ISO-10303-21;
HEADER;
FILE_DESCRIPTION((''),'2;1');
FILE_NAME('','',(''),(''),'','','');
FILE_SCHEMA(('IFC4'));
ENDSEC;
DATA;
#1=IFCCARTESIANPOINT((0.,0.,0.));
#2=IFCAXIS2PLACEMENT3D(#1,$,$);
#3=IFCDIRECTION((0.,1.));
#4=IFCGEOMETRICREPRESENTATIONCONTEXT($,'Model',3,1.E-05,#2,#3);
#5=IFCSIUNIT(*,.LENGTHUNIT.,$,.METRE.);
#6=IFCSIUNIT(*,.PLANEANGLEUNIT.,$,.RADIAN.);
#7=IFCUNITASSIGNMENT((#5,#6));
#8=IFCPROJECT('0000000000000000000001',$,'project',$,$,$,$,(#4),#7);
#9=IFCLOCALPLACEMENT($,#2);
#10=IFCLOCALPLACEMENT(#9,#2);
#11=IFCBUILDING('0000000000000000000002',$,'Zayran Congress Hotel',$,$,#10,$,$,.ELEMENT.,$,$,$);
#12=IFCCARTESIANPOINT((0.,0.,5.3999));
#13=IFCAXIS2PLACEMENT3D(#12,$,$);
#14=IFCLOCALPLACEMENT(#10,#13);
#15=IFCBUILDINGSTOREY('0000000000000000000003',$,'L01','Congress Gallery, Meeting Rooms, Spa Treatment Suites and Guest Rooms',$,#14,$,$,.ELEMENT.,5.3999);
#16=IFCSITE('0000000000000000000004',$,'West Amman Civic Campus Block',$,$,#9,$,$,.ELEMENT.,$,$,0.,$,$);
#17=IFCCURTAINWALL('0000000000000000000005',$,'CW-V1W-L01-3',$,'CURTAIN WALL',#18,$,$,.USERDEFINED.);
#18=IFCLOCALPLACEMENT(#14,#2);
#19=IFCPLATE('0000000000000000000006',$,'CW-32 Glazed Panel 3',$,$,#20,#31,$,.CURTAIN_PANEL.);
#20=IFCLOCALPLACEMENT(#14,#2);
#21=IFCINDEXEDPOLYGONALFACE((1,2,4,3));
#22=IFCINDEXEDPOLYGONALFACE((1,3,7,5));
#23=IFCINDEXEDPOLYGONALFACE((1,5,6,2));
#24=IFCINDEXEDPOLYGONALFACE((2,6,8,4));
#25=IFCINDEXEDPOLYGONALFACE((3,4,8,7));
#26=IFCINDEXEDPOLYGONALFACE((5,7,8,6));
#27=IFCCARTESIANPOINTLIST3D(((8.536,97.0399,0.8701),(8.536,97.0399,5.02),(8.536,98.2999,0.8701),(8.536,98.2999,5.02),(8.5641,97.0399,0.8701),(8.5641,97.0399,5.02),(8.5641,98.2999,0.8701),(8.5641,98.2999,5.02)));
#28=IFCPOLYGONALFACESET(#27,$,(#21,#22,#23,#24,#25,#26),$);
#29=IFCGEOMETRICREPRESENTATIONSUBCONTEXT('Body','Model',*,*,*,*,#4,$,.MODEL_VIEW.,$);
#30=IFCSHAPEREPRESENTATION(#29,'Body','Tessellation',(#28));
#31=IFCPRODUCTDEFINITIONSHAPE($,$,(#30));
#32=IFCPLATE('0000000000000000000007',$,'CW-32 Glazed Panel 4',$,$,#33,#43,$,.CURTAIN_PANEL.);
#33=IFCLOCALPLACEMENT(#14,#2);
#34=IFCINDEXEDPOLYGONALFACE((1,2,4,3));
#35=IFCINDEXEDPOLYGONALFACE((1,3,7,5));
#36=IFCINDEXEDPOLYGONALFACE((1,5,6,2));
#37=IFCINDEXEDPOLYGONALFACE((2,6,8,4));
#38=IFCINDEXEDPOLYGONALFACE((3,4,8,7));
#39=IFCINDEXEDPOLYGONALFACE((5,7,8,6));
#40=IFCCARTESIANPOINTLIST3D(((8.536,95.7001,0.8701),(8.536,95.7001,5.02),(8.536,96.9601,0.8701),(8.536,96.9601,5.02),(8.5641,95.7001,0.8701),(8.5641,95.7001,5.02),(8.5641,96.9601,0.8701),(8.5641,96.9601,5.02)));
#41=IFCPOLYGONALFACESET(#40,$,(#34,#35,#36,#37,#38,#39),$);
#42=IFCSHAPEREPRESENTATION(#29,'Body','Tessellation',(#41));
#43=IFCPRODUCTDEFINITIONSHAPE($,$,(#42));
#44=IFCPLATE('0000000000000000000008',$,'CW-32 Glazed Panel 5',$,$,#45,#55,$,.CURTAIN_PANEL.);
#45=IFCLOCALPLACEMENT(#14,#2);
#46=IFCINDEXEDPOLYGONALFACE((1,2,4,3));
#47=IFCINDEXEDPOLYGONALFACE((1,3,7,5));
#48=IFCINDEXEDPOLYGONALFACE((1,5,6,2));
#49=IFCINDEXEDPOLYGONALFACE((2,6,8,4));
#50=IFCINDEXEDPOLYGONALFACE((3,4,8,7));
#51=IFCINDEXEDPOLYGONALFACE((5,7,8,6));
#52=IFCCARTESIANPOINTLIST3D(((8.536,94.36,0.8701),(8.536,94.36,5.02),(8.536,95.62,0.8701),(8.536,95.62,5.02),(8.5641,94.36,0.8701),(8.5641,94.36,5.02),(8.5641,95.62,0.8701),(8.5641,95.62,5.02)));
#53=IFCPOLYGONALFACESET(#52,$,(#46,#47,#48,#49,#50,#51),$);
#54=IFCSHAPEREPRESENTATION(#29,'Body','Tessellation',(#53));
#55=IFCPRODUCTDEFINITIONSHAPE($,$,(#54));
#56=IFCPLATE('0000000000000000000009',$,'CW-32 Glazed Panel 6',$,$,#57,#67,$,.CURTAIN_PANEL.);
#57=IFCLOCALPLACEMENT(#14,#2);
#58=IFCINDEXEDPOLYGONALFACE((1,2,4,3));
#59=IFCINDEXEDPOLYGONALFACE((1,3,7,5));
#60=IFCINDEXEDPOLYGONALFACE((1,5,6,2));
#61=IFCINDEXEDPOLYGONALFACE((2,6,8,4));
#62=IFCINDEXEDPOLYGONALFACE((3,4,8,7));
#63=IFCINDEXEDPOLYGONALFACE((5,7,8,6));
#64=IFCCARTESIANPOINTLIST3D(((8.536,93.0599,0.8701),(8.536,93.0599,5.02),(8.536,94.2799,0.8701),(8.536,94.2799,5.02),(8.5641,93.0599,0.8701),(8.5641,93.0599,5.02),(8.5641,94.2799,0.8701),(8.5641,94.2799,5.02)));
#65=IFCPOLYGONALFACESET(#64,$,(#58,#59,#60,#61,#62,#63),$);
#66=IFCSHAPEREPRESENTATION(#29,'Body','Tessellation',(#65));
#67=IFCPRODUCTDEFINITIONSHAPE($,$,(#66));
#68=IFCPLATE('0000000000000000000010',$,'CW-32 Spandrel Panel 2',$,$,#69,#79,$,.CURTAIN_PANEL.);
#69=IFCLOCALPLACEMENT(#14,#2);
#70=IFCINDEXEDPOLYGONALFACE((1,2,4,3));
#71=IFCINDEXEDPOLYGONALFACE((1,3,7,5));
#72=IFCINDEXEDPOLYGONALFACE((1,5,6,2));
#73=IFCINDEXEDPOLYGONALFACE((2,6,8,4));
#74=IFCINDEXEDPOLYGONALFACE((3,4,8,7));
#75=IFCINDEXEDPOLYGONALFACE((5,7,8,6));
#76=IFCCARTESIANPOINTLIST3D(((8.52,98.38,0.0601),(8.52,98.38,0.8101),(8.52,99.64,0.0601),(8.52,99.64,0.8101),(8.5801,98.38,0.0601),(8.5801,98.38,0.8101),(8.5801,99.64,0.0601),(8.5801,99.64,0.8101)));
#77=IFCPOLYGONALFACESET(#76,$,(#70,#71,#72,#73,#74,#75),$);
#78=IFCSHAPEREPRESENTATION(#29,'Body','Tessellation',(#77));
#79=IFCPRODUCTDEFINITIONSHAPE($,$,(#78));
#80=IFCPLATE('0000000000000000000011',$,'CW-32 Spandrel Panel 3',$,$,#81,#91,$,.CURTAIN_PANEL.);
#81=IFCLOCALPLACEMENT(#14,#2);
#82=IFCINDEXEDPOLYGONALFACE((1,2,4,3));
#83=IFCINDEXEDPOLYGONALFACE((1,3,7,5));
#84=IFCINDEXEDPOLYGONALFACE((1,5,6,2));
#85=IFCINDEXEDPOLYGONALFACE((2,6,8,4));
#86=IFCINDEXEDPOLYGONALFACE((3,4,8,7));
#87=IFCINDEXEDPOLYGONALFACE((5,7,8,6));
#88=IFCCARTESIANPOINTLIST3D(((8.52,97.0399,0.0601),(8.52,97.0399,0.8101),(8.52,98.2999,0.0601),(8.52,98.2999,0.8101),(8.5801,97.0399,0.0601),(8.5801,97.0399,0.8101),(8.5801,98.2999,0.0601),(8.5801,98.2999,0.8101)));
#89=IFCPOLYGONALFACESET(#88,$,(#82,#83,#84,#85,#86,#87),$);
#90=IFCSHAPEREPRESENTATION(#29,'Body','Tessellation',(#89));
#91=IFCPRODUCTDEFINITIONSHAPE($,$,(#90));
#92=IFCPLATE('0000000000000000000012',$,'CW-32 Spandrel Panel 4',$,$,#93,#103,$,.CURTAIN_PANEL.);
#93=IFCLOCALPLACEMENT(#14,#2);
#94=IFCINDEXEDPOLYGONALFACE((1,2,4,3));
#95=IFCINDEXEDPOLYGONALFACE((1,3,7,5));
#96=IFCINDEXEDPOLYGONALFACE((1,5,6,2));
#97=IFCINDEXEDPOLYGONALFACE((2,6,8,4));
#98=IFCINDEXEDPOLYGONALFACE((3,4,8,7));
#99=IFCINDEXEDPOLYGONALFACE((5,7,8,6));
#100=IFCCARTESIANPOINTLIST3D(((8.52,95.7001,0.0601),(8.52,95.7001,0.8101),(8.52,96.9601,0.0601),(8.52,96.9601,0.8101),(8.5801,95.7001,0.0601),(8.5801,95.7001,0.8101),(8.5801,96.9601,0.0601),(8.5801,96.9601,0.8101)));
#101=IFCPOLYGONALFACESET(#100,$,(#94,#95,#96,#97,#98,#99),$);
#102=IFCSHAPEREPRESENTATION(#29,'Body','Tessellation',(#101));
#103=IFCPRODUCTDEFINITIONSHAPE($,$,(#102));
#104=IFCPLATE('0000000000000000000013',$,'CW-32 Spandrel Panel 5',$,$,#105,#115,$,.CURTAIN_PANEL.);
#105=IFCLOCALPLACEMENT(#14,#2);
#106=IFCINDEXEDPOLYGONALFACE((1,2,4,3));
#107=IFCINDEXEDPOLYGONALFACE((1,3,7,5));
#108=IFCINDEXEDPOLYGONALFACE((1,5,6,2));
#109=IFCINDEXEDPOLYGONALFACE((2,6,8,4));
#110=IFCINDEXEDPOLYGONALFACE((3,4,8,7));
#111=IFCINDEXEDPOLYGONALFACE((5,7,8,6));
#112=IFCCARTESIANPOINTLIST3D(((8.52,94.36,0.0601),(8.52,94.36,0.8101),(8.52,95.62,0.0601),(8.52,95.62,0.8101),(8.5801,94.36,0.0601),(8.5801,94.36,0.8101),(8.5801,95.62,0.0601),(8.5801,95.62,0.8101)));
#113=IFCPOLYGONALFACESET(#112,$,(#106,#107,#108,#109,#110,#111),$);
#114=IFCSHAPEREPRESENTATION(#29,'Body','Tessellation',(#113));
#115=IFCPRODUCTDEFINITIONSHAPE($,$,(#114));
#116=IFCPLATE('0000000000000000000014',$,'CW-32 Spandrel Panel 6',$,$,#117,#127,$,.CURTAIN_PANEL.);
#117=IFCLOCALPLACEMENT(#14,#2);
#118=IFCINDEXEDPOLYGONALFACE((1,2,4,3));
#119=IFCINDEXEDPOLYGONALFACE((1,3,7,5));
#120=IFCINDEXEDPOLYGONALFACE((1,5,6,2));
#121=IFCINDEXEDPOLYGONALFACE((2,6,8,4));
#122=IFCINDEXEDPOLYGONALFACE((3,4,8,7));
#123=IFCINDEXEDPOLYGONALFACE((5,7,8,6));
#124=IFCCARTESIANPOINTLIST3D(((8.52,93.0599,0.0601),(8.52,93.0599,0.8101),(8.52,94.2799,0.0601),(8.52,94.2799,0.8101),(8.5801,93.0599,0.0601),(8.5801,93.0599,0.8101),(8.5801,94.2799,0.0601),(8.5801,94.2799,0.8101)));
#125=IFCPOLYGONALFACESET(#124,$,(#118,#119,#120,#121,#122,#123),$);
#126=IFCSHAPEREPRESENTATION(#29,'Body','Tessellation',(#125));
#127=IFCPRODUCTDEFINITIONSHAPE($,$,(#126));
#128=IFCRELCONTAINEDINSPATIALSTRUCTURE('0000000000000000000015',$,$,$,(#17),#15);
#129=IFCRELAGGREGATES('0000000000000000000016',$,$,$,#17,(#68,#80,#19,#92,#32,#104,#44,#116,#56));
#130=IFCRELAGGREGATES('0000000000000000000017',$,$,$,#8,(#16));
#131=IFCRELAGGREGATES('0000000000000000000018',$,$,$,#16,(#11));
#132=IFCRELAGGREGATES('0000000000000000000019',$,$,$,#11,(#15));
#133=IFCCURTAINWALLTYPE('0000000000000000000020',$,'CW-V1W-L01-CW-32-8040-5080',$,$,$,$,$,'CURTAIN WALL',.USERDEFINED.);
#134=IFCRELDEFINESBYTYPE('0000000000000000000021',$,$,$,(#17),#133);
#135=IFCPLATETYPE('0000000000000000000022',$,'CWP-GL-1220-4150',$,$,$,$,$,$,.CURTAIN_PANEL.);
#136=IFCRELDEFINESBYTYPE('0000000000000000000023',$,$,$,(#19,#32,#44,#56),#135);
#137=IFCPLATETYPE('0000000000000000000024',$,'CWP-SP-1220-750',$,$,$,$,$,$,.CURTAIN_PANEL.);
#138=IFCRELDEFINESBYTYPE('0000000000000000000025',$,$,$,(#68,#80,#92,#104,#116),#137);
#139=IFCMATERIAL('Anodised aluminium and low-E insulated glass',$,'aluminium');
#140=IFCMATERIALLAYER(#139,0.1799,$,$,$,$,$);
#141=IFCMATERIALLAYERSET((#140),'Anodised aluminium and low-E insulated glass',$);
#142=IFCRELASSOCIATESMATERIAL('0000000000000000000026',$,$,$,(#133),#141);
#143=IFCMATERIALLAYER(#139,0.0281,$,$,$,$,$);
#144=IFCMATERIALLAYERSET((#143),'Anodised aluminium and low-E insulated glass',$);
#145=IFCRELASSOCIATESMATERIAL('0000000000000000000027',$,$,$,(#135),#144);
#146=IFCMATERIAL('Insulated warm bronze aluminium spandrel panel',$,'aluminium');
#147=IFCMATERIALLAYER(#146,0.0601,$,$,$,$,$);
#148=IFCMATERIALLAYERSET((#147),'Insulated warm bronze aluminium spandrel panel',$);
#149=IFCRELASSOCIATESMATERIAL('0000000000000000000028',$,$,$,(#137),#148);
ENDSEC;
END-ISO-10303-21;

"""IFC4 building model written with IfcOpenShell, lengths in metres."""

from ifc_helpers import new_model, si_unit, direction, frame, origin, origin_2d, place, context, subcontext, project, spatial, rectangle, extrude, material, layer, layer_set, type_object, element, aggregate, save


model = new_model("IFC4")

# Units and contexts
model_context = context("Model", 3, precision=1e-05, world=origin(), true_north=direction((0.0, 1.0)))
body_context = subcontext(model_context, "Body", "Model", "MODEL_VIEW")
ifc_project = project(units=[si_unit("LENGTHUNIT", "METRE"), si_unit("PLANEANGLEUNIT", "RADIAN")], contexts=[model_context])

# Site, building, storey
site_placement = place(None, origin())
site = spatial("IfcSite", under=ifc_project, at=site_placement, Name="West Amman Civic Campus Block", CompositionType="ELEMENT", RefElevation=0.0)
building_placement = place(site_placement, origin())
building = spatial("IfcBuilding", under=site, at=building_placement, Name="Zayran Congress Hotel", CompositionType="ELEMENT")
storey_placement = place(building_placement, frame((0.0, 0.0, 5.3999)))
storey = spatial("IfcBuildingStorey", under=building, at=storey_placement, Name="L01", Description="Congress Gallery, Meeting Rooms, Spa Treatment Suites and Guest Rooms", CompositionType="ELEMENT", Elevation=5.3999)

# Curtain wall, plates
ifc_material_1 = material(Name="Anodised aluminium and low-E insulated glass", Category="aluminium")
ifc_layer_1 = layer(ifc_material_1, 0.1799)
ifc_layer_set_1 = layer_set([ifc_layer_1], Name="Anodised aluminium and low-E insulated glass")
curtain_wall_type = type_object("IfcCurtainWallType", Name="CW-V1W-L01-CW-32-8040-5080", ElementType="CURTAIN WALL", PredefinedType="USERDEFINED", material=ifc_layer_set_1)
curtain_wall_placement = place(storey_placement, origin())
curtain_wall = element("IfcCurtainWall", 1, at=curtain_wall_placement, inside=storey, type_object=curtain_wall_type, Name="CW-V1W-L01-3", ObjectType="CURTAIN WALL", PredefinedType="USERDEFINED")
ifc_layer_2 = layer(ifc_material_1, 0.0281)
ifc_layer_set_2 = layer_set([ifc_layer_2], Name="Anodised aluminium and low-E insulated glass")
plate_type_1 = type_object("IfcPlateType", Name="CWP-GL-1220-4150", PredefinedType="CURTAIN_PANEL", material=ifc_layer_set_2)
plate_1_placement = place(storey_placement, frame((8.55, 97.6699, 0.8701), z_axis=(0.0, 0.0, 1.0), x_axis=(0.0, 1.0, 0.0)))
plate_1 = element("IfcPlate", 2, at=plate_1_placement, type_object=plate_type_1, Name="CW-32 Glazed Panel 3", PredefinedType="CURTAIN_PANEL", context=body_context, shape_type="SweptSolid", body=[
    extrude(rectangle(XDim=1.26, YDim=0.0281, at=origin_2d()), origin(), (0.0, 0.0, 1.0), 4.1499),
])
plate_2_placement = place(storey_placement, frame((8.55, 96.3301, 0.8701), z_axis=(0.0, 0.0, 1.0), x_axis=(0.0, 1.0, 0.0)))
plate_2 = element("IfcPlate", 3, at=plate_2_placement, type_object=plate_type_1, Name="CW-32 Glazed Panel 4", PredefinedType="CURTAIN_PANEL", context=body_context, shape_type="SweptSolid", body=[
    extrude(rectangle(XDim=1.26, YDim=0.0281, at=origin_2d()), origin(), (0.0, 0.0, 1.0), 4.1499),
])
plate_3_placement = place(storey_placement, frame((8.55, 94.99, 0.8701), z_axis=(0.0, 0.0, 1.0), x_axis=(0.0, 1.0, 0.0)))
plate_3 = element("IfcPlate", 4, at=plate_3_placement, type_object=plate_type_1, Name="CW-32 Glazed Panel 5", PredefinedType="CURTAIN_PANEL", context=body_context, shape_type="SweptSolid", body=[
    extrude(rectangle(XDim=1.26, YDim=0.0281, at=origin_2d()), origin(), (0.0, 0.0, 1.0), 4.1499),
])
plate_4_placement = place(storey_placement, frame((8.55, 93.6699, 0.8701), z_axis=(0.0, 0.0, 1.0), x_axis=(0.0, 1.0, 0.0)))
plate_4 = element("IfcPlate", 5, at=plate_4_placement, type_object=plate_type_1, Name="CW-32 Glazed Panel 6", PredefinedType="CURTAIN_PANEL", context=body_context, shape_type="SweptSolid", body=[
    extrude(rectangle(XDim=1.22, YDim=0.0281, at=origin_2d()), origin(), (0.0, 0.0, 1.0), 4.1499),
])
ifc_material_2 = material(Name="Insulated warm bronze aluminium spandrel panel", Category="aluminium")
ifc_layer_3 = layer(ifc_material_2, 0.0601)
ifc_layer_set_3 = layer_set([ifc_layer_3], Name="Insulated warm bronze aluminium spandrel panel")
plate_type_2 = type_object("IfcPlateType", Name="CWP-SP-1220-750", PredefinedType="CURTAIN_PANEL", material=ifc_layer_set_3)
plate_5_placement = place(storey_placement, frame((8.55, 99.01, 0.0601), z_axis=(0.0, 0.0, 1.0), x_axis=(0.0, 1.0, 0.0)))
plate_5 = element("IfcPlate", 6, at=plate_5_placement, type_object=plate_type_2, Name="CW-32 Spandrel Panel 2", PredefinedType="CURTAIN_PANEL", context=body_context, shape_type="SweptSolid", body=[
    extrude(rectangle(XDim=1.26, YDim=0.0601, at=origin_2d()), origin(), (0.0, 0.0, 1.0), 0.75),
])
plate_6_placement = place(storey_placement, frame((8.55, 97.6699, 0.0601), z_axis=(0.0, 0.0, 1.0), x_axis=(0.0, 1.0, 0.0)))
plate_6 = element("IfcPlate", 7, at=plate_6_placement, type_object=plate_type_2, Name="CW-32 Spandrel Panel 3", PredefinedType="CURTAIN_PANEL", context=body_context, shape_type="SweptSolid", body=[
    extrude(rectangle(XDim=1.26, YDim=0.0601, at=origin_2d()), origin(), (0.0, 0.0, 1.0), 0.75),
])
plate_7_placement = place(storey_placement, frame((8.55, 96.3301, 0.0601), z_axis=(0.0, 0.0, 1.0), x_axis=(0.0, 1.0, 0.0)))
plate_7 = element("IfcPlate", 8, at=plate_7_placement, type_object=plate_type_2, Name="CW-32 Spandrel Panel 4", PredefinedType="CURTAIN_PANEL", context=body_context, shape_type="SweptSolid", body=[
    extrude(rectangle(XDim=1.26, YDim=0.0601, at=origin_2d()), origin(), (0.0, 0.0, 1.0), 0.75),
])
plate_8_placement = place(storey_placement, frame((8.55, 94.99, 0.0601), z_axis=(0.0, 0.0, 1.0), x_axis=(0.0, 1.0, 0.0)))
plate_8 = element("IfcPlate", 9, at=plate_8_placement, type_object=plate_type_2, Name="CW-32 Spandrel Panel 5", PredefinedType="CURTAIN_PANEL", context=body_context, shape_type="SweptSolid", body=[
    extrude(rectangle(XDim=1.26, YDim=0.0601, at=origin_2d()), origin(), (0.0, 0.0, 1.0), 0.75),
])
plate_9_placement = place(storey_placement, frame((8.55, 93.6699, 0.0601), z_axis=(0.0, 0.0, 1.0), x_axis=(0.0, 1.0, 0.0)))
plate_9 = element("IfcPlate", 10, at=plate_9_placement, type_object=plate_type_2, Name="CW-32 Spandrel Panel 6", PredefinedType="CURTAIN_PANEL", context=body_context, shape_type="SweptSolid", body=[
    extrude(rectangle(XDim=1.22, YDim=0.0601, at=origin_2d()), origin(), (0.0, 0.0, 1.0), 0.75),
])
aggregate(curtain_wall, [plate_5, plate_6, plate_1, plate_7, plate_2, plate_8, plate_3, plate_9, plate_4])

save(model, "model.ifc")
